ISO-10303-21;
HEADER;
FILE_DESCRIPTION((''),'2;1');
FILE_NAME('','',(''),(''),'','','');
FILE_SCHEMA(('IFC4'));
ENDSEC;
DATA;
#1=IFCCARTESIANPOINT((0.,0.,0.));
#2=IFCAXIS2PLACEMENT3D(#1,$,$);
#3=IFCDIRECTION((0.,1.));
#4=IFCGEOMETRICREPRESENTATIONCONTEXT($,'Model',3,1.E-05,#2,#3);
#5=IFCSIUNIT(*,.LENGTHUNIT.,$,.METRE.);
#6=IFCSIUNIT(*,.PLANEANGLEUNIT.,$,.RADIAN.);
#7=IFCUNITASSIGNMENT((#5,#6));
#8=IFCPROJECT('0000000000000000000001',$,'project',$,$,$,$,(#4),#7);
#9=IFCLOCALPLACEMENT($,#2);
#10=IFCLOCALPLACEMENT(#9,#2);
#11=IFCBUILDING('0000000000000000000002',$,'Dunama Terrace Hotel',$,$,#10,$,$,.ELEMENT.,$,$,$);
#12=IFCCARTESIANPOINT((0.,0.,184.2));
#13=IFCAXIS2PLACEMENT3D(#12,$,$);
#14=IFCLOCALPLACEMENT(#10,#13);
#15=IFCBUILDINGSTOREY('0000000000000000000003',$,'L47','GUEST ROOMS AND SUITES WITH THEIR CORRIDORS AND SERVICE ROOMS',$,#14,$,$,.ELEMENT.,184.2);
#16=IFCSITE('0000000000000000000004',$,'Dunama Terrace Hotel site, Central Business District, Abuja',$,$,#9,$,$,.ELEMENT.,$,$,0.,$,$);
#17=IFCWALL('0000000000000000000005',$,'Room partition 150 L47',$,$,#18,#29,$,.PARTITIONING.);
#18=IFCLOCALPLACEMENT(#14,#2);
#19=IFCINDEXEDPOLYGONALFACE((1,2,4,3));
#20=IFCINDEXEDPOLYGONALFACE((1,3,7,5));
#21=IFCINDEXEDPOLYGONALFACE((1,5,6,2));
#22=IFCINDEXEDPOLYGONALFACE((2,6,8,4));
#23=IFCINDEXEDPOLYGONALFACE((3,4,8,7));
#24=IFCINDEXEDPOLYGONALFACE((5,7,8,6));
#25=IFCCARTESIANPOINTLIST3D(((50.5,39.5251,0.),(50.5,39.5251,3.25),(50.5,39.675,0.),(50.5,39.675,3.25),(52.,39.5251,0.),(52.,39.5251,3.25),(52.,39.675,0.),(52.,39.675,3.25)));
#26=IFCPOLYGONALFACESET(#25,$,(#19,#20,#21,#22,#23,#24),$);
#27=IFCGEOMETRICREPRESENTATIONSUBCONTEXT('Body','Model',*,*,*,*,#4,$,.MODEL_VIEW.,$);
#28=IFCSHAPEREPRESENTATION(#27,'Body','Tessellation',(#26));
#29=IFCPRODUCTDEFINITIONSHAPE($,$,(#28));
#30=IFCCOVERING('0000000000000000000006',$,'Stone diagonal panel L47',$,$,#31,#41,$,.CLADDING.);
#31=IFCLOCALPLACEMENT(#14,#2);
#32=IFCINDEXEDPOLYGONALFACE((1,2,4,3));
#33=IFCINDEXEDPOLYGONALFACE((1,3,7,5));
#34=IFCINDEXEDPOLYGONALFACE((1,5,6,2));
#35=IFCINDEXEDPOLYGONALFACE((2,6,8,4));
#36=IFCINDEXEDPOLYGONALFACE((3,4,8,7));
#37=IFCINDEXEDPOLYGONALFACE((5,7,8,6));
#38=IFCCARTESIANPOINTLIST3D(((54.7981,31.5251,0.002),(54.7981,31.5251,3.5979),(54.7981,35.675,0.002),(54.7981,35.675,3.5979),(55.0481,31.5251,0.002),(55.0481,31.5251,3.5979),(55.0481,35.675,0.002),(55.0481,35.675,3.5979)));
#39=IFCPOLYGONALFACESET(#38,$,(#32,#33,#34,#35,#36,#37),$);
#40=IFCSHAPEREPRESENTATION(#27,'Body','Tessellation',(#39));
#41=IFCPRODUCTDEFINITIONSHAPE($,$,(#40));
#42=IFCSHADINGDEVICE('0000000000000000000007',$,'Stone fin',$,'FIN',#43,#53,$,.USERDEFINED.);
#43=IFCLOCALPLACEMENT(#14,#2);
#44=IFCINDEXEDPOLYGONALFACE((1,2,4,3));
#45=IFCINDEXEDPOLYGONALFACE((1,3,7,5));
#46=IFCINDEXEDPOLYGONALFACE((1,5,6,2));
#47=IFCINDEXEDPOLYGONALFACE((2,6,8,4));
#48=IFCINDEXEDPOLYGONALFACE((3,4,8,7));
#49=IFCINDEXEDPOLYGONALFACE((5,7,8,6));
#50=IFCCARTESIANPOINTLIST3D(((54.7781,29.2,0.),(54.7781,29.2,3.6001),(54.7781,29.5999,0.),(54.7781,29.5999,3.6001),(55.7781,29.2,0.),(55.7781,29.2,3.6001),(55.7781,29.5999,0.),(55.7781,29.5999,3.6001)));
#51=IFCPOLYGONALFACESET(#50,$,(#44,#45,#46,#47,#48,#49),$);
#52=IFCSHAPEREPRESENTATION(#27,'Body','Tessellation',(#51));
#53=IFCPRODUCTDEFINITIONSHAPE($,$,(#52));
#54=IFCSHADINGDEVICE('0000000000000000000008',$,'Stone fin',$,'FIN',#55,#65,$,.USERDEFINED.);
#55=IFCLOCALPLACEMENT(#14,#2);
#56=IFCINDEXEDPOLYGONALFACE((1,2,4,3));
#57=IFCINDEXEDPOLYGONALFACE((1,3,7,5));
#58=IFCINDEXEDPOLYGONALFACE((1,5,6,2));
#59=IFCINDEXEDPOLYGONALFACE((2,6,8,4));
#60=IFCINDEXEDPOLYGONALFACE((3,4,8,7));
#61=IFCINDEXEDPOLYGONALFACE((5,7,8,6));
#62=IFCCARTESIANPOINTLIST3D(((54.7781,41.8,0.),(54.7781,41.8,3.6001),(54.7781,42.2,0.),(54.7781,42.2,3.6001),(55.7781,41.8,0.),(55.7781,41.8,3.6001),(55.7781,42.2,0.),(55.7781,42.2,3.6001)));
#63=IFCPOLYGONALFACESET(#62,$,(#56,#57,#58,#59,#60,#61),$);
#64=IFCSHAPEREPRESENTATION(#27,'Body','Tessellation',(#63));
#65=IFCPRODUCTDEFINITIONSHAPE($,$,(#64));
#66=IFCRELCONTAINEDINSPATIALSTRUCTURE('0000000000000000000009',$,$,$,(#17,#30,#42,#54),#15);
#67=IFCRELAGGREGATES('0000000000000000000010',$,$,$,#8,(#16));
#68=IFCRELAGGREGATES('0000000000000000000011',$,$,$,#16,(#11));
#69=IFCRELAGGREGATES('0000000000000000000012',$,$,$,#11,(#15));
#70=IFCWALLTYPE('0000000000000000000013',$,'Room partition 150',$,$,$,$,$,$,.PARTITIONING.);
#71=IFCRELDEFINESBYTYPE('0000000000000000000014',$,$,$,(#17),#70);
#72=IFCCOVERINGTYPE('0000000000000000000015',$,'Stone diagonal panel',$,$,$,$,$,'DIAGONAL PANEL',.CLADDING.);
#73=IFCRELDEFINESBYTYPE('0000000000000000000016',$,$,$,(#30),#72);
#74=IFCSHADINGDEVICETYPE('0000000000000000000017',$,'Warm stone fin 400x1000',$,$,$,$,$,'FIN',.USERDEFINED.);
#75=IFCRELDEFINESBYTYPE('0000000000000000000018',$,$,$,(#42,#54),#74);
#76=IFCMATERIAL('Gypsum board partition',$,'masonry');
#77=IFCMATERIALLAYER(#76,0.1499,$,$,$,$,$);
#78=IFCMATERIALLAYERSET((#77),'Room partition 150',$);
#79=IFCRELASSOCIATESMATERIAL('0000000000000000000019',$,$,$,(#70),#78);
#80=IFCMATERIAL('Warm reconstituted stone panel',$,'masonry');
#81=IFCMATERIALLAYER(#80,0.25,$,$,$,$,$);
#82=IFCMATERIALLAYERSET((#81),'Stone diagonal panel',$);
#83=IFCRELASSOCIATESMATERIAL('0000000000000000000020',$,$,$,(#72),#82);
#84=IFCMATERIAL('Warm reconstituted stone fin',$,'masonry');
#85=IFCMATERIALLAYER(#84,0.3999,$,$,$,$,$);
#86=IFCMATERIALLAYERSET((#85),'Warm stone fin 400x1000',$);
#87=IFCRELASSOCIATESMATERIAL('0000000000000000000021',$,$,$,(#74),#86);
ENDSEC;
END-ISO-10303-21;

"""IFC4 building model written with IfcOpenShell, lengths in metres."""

from ifc_helpers import new_model, si_unit, direction, frame, frame_2d, origin, origin_2d, place, context, subcontext, project, spatial, rectangle, extrude, material, layer, layer_set, type_object, element, save


model = new_model("IFC4")

# Units and contexts
model_context = context("Model", 3, precision=1e-05, world=origin(), true_north=direction((0.0, 1.0)))
body_context = subcontext(model_context, "Body", "Model", "MODEL_VIEW")
ifc_project = project(units=[si_unit("LENGTHUNIT", "METRE"), si_unit("PLANEANGLEUNIT", "RADIAN")], contexts=[model_context])

# Site, building, storey
site_placement = place(None, origin())
site = spatial("IfcSite", under=ifc_project, at=site_placement, Name="Dunama Terrace Hotel site, Central Business District, Abuja", CompositionType="ELEMENT", RefElevation=0.0)
building_placement = place(site_placement, origin())
building = spatial("IfcBuilding", under=site, at=building_placement, Name="Dunama Terrace Hotel", CompositionType="ELEMENT")
storey_placement = place(building_placement, frame((0.0, 0.0, 184.2)))
storey = spatial("IfcBuildingStorey", under=building, at=storey_placement, Name="L47", Description="GUEST ROOMS AND SUITES WITH THEIR CORRIDORS AND SERVICE ROOMS", CompositionType="ELEMENT", Elevation=184.2)

# Shared definitions
ifc_material_1 = material(Name="Gypsum board partition", Category="masonry")
ifc_layer_1 = layer(ifc_material_1, 0.1499)
ifc_layer_set_1 = layer_set([ifc_layer_1], Name="Room partition 150")
wall_type_1 = type_object("IfcWallType", Name="Room partition 150", PredefinedType="PARTITIONING", material=ifc_layer_set_1)

# Wall
wall_1_placement = place(storey_placement, frame((50.5, 39.6001, 0.0), z_axis=(0.0, 0.0, 1.0), x_axis=(1.0, 0.0, 0.0)))
element("IfcWall", 1, at=wall_1_placement, inside=storey, type_object=wall_type_1, Name="Room partition 150 L47", PredefinedType="PARTITIONING", context=body_context, shape_type="SweptSolid", body=[
    extrude(rectangle(XDim=1.5, YDim=0.1499, at=frame_2d((0.75, 0.0))), origin(), (0.0, 0.0, 1.0), 3.25),
])

# Covering
ifc_material_2 = material(Name="Warm reconstituted stone panel", Category="masonry")
ifc_layer_2 = layer(ifc_material_2, 0.25)
ifc_layer_set_2 = layer_set([ifc_layer_2], Name="Stone diagonal panel")
covering_type = type_object("IfcCoveringType", Name="Stone diagonal panel", ElementType="DIAGONAL PANEL", PredefinedType="CLADDING", material=ifc_layer_set_2)
covering_placement = place(storey_placement, frame((54.9231, 33.6001, 0.002), z_axis=(0.0, 0.0, 1.0), x_axis=(0.0, 1.0, 0.0)))
element("IfcCovering", 2, at=covering_placement, inside=storey, type_object=covering_type, Name="Stone diagonal panel L47", PredefinedType="CLADDING", context=body_context, shape_type="SweptSolid", body=[
    extrude(rectangle(XDim=4.1499, YDim=0.25, at=origin_2d()), origin(), (0.0, 0.0, 1.0), 3.5959),
])

# Shading devices
ifc_material_3 = material(Name="Warm reconstituted stone fin", Category="masonry")
ifc_layer_3 = layer(ifc_material_3, 0.3999)
ifc_layer_set_3 = layer_set([ifc_layer_3], Name="Warm stone fin 400x1000")
shading_device_type = type_object("IfcShadingDeviceType", Name="Warm stone fin 400x1000", ElementType="FIN", PredefinedType="USERDEFINED", material=ifc_layer_set_3)
for number, where, z_axis, x_axis, name in (
    (3, (55.2781, 29.3999, 0.0), (0.0, 0.0, 1.0), (0.0, 1.0, 0.0), "Stone fin"),
    (4, (55.2781, 42.0, 0.0), (0.0, 0.0, 1.0), (0.0, 1.0, 0.0), "Stone fin"),
):
    element("IfcShadingDevice", number, at=place(storey_placement, frame(where, z_axis=z_axis, x_axis=x_axis)), inside=storey, type_object=shading_device_type, Name=name, ObjectType="FIN", PredefinedType="USERDEFINED", context=body_context, shape_type="SweptSolid", body=[
        extrude(rectangle(XDim=0.3999, YDim=1.0, at=origin_2d()), origin(), (0.0, 0.0, 1.0), 3.6001),
    ])

save(model, "model.ifc")
